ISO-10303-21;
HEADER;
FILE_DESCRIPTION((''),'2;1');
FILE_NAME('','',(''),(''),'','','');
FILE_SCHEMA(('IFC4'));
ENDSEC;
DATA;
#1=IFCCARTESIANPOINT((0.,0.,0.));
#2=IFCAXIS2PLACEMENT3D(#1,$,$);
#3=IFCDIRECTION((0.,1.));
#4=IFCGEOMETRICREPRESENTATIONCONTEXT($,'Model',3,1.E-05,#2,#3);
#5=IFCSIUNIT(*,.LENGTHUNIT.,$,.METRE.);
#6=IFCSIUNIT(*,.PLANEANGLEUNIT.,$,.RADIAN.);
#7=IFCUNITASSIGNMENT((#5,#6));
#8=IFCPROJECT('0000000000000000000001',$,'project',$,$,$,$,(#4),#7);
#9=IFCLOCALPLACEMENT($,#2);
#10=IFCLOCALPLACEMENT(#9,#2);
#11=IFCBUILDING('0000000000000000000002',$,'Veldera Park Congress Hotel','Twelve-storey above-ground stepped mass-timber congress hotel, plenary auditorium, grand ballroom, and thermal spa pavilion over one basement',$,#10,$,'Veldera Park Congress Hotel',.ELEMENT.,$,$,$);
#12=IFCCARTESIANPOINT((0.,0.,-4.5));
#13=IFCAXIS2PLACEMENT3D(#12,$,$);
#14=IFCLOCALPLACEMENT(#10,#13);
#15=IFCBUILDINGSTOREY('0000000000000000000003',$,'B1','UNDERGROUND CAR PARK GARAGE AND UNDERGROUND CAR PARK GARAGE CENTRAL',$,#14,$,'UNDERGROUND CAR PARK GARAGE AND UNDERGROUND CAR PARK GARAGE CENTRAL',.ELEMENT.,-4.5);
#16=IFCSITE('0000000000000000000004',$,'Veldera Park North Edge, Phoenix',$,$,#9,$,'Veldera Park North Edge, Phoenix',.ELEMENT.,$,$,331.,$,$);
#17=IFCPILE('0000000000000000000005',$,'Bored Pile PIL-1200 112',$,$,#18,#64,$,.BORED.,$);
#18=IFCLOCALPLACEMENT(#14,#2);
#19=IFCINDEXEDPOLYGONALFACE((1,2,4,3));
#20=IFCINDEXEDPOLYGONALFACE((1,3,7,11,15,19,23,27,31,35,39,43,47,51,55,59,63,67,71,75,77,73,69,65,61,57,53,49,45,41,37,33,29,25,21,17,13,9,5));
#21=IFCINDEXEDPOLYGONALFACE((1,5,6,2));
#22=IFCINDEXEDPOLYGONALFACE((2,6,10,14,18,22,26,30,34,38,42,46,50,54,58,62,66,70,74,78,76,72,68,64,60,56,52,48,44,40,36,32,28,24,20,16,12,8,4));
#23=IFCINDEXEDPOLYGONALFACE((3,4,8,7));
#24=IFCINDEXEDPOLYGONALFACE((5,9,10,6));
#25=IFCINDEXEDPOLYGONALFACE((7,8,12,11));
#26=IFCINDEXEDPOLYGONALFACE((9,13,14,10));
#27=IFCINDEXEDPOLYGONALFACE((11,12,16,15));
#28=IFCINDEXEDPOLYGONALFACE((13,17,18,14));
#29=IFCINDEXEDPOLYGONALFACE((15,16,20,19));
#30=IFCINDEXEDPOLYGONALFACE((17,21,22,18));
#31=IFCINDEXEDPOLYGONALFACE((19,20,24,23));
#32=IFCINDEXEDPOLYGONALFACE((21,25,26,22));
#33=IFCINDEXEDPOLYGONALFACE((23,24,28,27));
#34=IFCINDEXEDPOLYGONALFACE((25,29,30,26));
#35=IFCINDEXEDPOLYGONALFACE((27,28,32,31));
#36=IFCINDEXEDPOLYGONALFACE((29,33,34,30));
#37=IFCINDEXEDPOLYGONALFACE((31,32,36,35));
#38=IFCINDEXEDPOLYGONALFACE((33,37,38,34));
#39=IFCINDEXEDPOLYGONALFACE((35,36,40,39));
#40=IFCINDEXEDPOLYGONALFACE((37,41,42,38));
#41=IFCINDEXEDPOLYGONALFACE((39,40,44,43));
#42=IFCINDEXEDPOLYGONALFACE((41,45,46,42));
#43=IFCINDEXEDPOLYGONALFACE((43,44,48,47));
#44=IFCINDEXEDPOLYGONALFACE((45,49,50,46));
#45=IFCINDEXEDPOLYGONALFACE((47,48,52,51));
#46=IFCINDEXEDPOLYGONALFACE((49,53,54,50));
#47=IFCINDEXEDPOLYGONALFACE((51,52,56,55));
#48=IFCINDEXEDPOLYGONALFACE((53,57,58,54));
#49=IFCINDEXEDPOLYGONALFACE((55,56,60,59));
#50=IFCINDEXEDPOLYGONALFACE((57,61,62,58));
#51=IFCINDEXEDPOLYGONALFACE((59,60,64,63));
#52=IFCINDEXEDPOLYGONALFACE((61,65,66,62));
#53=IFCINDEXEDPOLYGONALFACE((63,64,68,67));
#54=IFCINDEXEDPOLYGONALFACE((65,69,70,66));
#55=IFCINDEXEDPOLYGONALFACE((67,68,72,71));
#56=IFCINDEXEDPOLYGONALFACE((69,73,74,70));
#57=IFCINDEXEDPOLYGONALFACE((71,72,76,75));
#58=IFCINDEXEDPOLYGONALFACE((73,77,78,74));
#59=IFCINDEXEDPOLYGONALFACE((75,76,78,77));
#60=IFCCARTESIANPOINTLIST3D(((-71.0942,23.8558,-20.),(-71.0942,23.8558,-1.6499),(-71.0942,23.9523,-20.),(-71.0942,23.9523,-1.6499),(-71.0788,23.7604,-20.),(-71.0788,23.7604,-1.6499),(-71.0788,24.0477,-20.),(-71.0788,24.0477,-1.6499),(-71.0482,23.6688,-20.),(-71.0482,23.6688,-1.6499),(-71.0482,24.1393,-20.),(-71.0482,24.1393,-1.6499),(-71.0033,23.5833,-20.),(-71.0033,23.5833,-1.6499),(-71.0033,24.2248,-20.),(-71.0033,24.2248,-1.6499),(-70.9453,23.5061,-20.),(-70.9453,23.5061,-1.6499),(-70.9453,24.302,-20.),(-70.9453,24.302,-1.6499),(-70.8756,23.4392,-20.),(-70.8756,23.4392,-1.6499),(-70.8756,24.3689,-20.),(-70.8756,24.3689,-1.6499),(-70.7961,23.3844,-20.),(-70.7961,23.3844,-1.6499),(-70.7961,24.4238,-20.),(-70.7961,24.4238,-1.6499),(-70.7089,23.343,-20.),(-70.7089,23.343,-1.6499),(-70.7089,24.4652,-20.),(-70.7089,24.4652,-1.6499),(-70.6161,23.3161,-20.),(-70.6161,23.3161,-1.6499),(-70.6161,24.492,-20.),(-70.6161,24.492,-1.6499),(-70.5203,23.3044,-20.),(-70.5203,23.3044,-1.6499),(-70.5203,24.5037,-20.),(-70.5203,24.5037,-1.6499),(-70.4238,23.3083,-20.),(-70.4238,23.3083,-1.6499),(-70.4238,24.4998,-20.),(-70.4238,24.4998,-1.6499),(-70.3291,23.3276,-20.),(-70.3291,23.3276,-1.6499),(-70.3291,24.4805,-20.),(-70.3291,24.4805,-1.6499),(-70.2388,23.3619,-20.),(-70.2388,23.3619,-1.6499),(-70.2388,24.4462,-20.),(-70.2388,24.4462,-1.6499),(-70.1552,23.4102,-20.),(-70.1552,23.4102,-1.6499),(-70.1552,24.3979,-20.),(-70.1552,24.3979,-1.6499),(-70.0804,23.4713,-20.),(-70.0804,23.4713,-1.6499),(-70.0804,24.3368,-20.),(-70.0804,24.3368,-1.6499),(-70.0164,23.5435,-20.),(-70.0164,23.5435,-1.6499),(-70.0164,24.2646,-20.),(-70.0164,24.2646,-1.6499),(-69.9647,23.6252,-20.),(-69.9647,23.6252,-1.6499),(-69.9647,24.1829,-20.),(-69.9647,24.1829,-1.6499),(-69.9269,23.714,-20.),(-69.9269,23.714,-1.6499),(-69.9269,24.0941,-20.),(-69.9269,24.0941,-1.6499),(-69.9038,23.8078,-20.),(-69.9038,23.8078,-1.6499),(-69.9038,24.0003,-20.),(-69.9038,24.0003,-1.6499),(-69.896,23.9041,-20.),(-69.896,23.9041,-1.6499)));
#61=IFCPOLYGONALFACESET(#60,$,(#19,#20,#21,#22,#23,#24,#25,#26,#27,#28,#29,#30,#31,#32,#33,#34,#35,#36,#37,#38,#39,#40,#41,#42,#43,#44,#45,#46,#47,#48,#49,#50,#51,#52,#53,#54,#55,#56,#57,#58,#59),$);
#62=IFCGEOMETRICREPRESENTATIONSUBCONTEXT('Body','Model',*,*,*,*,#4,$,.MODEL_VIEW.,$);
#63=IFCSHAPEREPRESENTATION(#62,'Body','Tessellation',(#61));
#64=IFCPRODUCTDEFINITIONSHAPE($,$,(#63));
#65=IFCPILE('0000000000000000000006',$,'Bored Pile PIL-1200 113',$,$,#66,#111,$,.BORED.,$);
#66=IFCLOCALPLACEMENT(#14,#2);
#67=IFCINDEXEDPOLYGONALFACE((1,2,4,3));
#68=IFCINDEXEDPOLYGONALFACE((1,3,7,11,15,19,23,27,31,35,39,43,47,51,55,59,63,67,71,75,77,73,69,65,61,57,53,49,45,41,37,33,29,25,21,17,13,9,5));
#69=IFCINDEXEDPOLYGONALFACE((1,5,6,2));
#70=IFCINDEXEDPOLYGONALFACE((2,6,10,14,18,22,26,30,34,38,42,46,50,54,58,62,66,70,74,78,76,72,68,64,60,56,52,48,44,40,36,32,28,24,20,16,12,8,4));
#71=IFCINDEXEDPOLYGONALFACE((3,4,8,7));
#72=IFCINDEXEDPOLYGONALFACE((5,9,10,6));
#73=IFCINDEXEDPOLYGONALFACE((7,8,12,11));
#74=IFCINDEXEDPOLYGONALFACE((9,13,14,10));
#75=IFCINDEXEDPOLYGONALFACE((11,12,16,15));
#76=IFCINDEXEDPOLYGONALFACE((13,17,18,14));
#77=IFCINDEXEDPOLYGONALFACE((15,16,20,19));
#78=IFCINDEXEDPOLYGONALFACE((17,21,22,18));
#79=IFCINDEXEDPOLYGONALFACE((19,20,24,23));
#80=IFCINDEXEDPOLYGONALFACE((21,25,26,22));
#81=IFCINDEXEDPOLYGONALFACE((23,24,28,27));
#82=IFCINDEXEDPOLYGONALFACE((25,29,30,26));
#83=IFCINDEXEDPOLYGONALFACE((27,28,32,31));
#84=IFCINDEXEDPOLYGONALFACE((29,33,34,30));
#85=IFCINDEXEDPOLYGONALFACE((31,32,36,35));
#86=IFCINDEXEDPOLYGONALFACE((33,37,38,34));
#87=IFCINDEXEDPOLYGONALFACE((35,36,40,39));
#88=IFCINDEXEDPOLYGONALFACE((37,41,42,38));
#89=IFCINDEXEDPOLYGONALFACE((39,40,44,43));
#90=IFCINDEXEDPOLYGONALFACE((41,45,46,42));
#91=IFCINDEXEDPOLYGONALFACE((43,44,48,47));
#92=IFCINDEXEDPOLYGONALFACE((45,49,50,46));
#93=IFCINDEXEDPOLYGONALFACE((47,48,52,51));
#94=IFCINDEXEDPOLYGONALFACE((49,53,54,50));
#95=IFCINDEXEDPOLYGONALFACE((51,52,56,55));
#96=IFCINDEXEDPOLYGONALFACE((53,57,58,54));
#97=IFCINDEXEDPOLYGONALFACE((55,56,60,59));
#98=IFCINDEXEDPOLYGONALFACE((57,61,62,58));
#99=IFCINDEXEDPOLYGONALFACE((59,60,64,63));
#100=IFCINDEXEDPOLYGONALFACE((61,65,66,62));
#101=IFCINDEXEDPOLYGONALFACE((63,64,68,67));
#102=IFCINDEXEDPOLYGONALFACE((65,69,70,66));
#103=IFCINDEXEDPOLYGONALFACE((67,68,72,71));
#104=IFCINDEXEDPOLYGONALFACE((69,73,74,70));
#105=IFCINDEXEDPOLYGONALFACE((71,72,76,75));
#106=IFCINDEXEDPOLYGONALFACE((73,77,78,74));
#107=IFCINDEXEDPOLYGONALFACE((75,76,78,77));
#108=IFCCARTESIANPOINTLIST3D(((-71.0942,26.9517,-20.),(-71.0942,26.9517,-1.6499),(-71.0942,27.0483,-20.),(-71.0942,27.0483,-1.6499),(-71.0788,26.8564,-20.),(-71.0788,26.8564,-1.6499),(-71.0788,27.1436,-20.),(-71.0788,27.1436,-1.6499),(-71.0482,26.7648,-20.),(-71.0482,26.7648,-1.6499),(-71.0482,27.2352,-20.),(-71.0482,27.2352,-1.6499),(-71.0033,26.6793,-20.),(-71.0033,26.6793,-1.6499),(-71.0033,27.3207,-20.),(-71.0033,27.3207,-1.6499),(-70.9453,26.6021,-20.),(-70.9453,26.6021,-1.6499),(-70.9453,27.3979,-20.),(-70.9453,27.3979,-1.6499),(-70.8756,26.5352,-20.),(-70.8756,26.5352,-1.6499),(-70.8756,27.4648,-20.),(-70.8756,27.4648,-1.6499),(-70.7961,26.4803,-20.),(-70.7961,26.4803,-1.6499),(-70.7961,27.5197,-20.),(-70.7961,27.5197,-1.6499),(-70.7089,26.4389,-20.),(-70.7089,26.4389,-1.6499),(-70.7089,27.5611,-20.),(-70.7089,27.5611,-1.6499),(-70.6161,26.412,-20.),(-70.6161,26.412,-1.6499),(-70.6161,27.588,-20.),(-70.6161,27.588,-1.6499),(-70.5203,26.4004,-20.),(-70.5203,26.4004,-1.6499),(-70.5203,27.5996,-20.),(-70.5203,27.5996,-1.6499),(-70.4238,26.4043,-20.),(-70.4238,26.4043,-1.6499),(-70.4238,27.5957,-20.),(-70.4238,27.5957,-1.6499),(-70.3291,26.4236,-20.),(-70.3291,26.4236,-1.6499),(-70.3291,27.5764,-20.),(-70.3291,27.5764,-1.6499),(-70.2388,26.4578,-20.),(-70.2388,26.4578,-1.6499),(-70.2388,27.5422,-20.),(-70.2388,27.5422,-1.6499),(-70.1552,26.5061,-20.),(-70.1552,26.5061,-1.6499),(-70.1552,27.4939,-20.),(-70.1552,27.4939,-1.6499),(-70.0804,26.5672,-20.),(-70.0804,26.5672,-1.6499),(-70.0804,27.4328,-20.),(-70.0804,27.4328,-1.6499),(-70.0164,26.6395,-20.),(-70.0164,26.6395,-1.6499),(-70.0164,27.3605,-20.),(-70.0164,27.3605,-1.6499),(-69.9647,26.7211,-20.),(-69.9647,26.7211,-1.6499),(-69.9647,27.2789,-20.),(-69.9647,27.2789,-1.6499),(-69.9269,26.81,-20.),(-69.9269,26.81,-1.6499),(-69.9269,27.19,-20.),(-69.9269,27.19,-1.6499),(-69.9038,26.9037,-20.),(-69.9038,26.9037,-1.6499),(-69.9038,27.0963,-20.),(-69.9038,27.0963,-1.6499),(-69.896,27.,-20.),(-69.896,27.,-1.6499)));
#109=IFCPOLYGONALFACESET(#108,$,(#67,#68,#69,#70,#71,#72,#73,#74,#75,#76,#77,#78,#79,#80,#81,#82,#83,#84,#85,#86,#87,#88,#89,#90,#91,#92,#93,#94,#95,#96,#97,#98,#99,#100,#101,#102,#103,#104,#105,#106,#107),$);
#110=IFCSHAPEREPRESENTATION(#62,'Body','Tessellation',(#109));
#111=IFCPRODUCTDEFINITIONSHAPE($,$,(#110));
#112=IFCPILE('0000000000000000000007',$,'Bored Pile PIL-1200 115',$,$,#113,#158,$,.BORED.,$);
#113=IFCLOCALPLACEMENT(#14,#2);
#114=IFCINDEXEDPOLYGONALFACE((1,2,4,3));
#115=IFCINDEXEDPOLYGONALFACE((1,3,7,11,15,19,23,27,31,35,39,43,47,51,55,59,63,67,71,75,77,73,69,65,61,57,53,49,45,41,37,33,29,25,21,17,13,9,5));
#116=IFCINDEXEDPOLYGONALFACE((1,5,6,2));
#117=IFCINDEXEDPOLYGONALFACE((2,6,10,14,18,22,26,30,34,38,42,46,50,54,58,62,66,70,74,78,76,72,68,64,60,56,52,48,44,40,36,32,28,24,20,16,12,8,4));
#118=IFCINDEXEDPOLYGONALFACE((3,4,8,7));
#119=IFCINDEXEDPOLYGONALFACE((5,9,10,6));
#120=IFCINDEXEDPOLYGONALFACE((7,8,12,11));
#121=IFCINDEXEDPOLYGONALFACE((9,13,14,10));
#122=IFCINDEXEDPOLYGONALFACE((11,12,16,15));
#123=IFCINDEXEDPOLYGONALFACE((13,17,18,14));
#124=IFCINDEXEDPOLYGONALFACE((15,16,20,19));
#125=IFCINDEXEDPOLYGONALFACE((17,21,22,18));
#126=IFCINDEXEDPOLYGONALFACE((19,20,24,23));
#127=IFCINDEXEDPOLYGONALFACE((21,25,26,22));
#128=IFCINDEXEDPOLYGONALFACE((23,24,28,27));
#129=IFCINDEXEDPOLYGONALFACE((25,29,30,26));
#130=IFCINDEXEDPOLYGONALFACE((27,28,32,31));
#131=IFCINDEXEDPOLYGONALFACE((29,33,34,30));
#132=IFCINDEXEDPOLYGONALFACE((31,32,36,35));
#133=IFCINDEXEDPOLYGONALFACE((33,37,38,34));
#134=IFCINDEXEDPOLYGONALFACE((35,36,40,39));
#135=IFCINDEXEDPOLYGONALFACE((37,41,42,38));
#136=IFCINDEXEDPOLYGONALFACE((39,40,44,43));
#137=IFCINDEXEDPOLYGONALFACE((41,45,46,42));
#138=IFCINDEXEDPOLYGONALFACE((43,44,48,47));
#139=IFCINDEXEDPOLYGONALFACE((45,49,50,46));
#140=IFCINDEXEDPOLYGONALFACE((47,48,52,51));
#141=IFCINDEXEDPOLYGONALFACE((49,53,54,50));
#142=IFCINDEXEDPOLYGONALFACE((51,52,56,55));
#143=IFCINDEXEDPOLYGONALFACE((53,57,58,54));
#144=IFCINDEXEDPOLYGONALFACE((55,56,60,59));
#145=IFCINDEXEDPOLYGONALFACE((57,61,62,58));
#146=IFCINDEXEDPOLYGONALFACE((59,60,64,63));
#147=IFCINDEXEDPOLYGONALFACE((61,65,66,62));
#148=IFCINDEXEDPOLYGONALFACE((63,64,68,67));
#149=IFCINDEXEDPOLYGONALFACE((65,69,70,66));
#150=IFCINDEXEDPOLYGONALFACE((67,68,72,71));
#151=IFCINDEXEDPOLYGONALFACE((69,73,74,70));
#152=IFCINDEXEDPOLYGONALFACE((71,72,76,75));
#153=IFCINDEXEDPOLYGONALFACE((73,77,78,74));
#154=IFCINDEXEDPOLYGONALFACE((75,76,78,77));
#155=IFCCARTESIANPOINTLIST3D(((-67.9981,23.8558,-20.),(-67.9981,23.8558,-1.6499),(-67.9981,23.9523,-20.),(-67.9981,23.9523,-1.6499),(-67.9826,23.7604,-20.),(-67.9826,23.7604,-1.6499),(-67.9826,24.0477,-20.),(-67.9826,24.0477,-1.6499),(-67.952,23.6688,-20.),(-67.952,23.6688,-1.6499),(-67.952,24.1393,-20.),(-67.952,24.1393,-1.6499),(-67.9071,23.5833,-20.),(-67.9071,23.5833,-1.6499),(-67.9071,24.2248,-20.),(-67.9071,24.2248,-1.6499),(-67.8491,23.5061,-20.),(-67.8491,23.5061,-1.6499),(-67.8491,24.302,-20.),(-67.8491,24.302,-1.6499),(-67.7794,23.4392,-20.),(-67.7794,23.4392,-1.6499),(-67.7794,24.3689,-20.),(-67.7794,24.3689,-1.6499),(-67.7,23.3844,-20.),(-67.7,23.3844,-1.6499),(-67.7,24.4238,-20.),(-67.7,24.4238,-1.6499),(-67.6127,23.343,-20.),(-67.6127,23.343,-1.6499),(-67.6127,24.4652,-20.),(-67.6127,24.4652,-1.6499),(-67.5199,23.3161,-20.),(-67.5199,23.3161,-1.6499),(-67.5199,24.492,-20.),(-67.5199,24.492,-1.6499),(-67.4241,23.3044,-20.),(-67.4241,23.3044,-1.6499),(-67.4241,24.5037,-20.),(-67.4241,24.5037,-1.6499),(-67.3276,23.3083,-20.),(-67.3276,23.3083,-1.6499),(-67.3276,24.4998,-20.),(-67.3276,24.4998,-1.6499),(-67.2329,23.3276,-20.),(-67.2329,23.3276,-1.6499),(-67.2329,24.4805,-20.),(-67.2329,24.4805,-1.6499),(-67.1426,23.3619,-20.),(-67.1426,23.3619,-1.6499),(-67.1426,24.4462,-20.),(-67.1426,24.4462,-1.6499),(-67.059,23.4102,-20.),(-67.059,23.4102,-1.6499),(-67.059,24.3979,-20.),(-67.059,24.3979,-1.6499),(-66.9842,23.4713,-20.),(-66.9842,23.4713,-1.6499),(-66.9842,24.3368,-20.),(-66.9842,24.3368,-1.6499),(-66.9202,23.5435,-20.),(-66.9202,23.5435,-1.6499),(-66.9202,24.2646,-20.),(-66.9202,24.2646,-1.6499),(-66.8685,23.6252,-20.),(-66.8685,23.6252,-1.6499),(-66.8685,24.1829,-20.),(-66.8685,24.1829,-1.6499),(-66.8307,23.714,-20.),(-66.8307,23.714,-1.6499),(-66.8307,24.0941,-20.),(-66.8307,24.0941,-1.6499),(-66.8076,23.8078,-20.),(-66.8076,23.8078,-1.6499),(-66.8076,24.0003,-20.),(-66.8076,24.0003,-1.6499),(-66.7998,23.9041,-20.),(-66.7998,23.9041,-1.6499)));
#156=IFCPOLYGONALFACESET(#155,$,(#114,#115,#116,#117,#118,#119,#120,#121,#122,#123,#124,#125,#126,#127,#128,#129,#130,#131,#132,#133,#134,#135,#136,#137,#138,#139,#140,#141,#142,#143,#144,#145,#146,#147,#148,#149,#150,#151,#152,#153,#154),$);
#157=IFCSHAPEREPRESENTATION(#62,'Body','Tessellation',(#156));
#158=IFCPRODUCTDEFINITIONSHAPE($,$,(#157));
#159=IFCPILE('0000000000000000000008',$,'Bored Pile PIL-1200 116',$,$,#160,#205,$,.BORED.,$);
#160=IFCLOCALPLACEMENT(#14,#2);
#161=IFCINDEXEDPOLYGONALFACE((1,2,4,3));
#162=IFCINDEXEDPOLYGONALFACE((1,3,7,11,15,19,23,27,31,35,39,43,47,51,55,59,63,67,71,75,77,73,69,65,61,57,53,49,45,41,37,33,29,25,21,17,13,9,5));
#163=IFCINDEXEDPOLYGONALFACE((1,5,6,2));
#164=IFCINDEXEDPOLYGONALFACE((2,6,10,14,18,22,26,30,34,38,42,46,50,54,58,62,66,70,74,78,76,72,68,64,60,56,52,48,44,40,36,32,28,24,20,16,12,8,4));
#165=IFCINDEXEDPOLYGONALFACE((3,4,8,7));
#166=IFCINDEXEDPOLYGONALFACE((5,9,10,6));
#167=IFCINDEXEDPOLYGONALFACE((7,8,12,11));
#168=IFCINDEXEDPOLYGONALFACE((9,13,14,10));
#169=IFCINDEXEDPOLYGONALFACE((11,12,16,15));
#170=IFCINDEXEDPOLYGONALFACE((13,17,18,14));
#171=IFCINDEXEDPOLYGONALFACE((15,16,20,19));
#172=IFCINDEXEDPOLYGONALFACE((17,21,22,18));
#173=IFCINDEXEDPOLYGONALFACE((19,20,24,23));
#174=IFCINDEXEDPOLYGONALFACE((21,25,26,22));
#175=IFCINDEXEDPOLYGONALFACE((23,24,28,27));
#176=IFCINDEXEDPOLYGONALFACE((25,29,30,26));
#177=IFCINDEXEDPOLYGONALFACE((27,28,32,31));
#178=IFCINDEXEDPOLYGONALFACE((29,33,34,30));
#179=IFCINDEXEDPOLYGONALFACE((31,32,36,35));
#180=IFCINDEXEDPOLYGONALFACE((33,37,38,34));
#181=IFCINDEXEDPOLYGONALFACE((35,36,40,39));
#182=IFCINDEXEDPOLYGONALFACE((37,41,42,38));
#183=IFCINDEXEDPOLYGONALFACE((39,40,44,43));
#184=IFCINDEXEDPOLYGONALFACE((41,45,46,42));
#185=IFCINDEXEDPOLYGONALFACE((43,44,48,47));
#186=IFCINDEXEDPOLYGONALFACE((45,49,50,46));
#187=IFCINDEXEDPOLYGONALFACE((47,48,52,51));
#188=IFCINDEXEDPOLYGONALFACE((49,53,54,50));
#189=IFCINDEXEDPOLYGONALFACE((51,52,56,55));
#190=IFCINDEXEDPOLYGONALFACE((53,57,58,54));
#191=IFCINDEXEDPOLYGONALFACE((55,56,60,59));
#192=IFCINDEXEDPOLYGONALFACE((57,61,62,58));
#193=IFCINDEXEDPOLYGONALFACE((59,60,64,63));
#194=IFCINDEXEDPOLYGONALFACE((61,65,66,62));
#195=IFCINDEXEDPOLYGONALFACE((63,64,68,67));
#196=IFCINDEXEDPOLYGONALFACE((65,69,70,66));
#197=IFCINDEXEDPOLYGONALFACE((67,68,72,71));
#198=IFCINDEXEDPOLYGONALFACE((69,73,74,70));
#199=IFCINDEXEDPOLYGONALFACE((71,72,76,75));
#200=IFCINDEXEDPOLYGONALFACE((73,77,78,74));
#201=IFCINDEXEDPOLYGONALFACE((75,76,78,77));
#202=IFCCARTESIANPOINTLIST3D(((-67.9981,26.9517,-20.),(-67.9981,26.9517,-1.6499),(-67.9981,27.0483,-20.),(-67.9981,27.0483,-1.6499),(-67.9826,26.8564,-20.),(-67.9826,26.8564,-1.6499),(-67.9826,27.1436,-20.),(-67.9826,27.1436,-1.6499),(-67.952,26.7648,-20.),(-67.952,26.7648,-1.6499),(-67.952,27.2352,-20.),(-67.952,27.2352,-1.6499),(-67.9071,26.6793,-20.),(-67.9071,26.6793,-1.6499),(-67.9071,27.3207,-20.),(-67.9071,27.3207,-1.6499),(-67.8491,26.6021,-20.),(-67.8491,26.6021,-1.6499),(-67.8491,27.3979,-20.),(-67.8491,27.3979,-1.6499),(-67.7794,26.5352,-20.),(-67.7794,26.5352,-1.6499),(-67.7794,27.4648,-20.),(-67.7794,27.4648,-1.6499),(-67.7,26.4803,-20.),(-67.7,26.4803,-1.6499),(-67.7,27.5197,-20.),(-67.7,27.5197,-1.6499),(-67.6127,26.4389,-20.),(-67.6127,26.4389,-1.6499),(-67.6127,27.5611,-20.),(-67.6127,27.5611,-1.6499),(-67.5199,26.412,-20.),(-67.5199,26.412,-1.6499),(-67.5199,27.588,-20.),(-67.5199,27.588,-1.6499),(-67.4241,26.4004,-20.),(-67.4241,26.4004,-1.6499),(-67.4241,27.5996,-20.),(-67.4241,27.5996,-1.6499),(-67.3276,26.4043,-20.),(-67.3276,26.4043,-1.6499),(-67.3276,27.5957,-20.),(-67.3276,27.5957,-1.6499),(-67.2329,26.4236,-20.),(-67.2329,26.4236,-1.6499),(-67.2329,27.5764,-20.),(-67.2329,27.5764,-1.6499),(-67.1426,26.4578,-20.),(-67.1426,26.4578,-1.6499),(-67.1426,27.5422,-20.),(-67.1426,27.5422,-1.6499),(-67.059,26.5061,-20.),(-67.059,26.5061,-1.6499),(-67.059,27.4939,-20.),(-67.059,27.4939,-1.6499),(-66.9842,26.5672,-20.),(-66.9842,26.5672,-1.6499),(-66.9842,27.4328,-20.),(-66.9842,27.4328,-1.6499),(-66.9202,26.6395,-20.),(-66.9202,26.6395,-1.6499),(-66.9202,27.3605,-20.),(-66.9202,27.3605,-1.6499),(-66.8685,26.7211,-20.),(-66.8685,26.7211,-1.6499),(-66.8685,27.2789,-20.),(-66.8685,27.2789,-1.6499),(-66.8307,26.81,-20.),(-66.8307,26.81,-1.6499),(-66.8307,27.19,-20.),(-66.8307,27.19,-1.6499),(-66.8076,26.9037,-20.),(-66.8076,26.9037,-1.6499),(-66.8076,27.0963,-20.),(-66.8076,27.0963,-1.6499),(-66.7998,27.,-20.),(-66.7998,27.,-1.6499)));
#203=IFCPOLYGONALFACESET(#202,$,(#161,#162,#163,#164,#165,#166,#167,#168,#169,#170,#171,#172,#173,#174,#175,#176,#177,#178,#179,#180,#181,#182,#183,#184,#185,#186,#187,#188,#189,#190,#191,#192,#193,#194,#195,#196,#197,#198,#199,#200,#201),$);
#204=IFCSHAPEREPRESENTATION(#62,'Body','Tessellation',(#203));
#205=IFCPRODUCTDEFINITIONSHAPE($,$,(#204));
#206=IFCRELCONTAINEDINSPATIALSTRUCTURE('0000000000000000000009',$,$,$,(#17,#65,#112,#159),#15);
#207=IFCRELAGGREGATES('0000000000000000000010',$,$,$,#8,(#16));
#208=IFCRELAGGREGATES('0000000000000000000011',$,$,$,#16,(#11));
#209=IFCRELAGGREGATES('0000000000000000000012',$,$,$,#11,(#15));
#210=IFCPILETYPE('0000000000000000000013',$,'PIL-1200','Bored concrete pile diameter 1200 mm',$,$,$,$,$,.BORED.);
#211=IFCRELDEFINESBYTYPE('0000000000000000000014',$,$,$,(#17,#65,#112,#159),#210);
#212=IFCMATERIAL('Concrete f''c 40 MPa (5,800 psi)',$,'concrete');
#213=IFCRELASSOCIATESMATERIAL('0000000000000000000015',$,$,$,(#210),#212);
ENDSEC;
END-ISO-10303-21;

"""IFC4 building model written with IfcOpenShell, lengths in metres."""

from ifc_helpers import new_model, si_unit, direction, frame, origin, origin_2d, place, context, subcontext, project, spatial, circle, extrude, material, material_profile, profile_set, type_object, element, save


model = new_model("IFC4")

# Units and contexts
model_context = context("Model", 3, precision=1e-05, world=origin(), true_north=direction((0.0, 1.0)))
body_context = subcontext(model_context, "Body", "Model", "MODEL_VIEW")
ifc_project = project(units=[si_unit("LENGTHUNIT", "METRE"), si_unit("PLANEANGLEUNIT", "RADIAN")], contexts=[model_context])

# Site, building, storey
site_placement = place(None, origin())
site = spatial("IfcSite", under=ifc_project, at=site_placement, Name="Veldera Park North Edge, Phoenix", LongName="Veldera Park North Edge, Phoenix", CompositionType="ELEMENT", RefElevation=331.0)
building_placement = place(site_placement, origin())
building = spatial("IfcBuilding", under=site, at=building_placement, Name="Veldera Park Congress Hotel", Description="Twelve-storey above-ground stepped mass-timber congress hotel, plenary auditorium, grand ballroom, and thermal spa pavilion over one basement", LongName="Veldera Park Congress Hotel", CompositionType="ELEMENT")
storey_placement = place(building_placement, frame((0.0, 0.0, -4.5)))
storey = spatial("IfcBuildingStorey", under=building, at=storey_placement, Name="B1", Description="UNDERGROUND CAR PARK GARAGE AND UNDERGROUND CAR PARK GARAGE CENTRAL", LongName="UNDERGROUND CAR PARK GARAGE AND UNDERGROUND CAR PARK GARAGE CENTRAL", CompositionType="ELEMENT", Elevation=-4.5)

# Shared definitions
ifc_material_1 = material(Name="Concrete f'c 40 MPa (5,800 psi)", Category="concrete")

# Piles
ifc_material_profile_1 = material_profile(ifc_material_1, circle(Radius=0.6001, at=origin_2d()), Name="PILE D1200")
ifc_profile_set_1 = profile_set([ifc_material_profile_1], Name="Concrete f'c 40 MPa (5,800 psi)")
pile_type = type_object("IfcPileType", Name="PIL-1200", Description="Bored concrete pile diameter 1200 mm", PredefinedType="BORED", material=ifc_profile_set_1)
for number, where, z_axis, x_axis, name in (
    (1, (-70.4961, 23.9041, -1.6499), (0.0, 0.0, -1.0), (1.0, 0.0, 0.0), "Bored Pile PIL-1200 112"),
    (2, (-70.4961, 27.0, -1.6499), (0.0, 0.0, -1.0), (1.0, 0.0, 0.0), "Bored Pile PIL-1200 113"),
    (3, (-67.3999, 23.9041, -1.6499), (0.0, 0.0, -1.0), (1.0, 0.0, 0.0), "Bored Pile PIL-1200 115"),
    (4, (-67.3999, 27.0, -1.6499), (0.0, 0.0, -1.0), (1.0, 0.0, 0.0), "Bored Pile PIL-1200 116"),
):
    element("IfcPile", number, at=place(storey_placement, frame(where, z_axis=z_axis, x_axis=x_axis)), inside=storey, type_object=pile_type, Name=name, PredefinedType="BORED", context=body_context, shape_type="SweptSolid", body=[
        extrude(circle(Radius=0.6001, at=origin_2d()), origin(), (0.0, 0.0, 1.0), 18.3501),
    ])

save(model, "model.ifc")
